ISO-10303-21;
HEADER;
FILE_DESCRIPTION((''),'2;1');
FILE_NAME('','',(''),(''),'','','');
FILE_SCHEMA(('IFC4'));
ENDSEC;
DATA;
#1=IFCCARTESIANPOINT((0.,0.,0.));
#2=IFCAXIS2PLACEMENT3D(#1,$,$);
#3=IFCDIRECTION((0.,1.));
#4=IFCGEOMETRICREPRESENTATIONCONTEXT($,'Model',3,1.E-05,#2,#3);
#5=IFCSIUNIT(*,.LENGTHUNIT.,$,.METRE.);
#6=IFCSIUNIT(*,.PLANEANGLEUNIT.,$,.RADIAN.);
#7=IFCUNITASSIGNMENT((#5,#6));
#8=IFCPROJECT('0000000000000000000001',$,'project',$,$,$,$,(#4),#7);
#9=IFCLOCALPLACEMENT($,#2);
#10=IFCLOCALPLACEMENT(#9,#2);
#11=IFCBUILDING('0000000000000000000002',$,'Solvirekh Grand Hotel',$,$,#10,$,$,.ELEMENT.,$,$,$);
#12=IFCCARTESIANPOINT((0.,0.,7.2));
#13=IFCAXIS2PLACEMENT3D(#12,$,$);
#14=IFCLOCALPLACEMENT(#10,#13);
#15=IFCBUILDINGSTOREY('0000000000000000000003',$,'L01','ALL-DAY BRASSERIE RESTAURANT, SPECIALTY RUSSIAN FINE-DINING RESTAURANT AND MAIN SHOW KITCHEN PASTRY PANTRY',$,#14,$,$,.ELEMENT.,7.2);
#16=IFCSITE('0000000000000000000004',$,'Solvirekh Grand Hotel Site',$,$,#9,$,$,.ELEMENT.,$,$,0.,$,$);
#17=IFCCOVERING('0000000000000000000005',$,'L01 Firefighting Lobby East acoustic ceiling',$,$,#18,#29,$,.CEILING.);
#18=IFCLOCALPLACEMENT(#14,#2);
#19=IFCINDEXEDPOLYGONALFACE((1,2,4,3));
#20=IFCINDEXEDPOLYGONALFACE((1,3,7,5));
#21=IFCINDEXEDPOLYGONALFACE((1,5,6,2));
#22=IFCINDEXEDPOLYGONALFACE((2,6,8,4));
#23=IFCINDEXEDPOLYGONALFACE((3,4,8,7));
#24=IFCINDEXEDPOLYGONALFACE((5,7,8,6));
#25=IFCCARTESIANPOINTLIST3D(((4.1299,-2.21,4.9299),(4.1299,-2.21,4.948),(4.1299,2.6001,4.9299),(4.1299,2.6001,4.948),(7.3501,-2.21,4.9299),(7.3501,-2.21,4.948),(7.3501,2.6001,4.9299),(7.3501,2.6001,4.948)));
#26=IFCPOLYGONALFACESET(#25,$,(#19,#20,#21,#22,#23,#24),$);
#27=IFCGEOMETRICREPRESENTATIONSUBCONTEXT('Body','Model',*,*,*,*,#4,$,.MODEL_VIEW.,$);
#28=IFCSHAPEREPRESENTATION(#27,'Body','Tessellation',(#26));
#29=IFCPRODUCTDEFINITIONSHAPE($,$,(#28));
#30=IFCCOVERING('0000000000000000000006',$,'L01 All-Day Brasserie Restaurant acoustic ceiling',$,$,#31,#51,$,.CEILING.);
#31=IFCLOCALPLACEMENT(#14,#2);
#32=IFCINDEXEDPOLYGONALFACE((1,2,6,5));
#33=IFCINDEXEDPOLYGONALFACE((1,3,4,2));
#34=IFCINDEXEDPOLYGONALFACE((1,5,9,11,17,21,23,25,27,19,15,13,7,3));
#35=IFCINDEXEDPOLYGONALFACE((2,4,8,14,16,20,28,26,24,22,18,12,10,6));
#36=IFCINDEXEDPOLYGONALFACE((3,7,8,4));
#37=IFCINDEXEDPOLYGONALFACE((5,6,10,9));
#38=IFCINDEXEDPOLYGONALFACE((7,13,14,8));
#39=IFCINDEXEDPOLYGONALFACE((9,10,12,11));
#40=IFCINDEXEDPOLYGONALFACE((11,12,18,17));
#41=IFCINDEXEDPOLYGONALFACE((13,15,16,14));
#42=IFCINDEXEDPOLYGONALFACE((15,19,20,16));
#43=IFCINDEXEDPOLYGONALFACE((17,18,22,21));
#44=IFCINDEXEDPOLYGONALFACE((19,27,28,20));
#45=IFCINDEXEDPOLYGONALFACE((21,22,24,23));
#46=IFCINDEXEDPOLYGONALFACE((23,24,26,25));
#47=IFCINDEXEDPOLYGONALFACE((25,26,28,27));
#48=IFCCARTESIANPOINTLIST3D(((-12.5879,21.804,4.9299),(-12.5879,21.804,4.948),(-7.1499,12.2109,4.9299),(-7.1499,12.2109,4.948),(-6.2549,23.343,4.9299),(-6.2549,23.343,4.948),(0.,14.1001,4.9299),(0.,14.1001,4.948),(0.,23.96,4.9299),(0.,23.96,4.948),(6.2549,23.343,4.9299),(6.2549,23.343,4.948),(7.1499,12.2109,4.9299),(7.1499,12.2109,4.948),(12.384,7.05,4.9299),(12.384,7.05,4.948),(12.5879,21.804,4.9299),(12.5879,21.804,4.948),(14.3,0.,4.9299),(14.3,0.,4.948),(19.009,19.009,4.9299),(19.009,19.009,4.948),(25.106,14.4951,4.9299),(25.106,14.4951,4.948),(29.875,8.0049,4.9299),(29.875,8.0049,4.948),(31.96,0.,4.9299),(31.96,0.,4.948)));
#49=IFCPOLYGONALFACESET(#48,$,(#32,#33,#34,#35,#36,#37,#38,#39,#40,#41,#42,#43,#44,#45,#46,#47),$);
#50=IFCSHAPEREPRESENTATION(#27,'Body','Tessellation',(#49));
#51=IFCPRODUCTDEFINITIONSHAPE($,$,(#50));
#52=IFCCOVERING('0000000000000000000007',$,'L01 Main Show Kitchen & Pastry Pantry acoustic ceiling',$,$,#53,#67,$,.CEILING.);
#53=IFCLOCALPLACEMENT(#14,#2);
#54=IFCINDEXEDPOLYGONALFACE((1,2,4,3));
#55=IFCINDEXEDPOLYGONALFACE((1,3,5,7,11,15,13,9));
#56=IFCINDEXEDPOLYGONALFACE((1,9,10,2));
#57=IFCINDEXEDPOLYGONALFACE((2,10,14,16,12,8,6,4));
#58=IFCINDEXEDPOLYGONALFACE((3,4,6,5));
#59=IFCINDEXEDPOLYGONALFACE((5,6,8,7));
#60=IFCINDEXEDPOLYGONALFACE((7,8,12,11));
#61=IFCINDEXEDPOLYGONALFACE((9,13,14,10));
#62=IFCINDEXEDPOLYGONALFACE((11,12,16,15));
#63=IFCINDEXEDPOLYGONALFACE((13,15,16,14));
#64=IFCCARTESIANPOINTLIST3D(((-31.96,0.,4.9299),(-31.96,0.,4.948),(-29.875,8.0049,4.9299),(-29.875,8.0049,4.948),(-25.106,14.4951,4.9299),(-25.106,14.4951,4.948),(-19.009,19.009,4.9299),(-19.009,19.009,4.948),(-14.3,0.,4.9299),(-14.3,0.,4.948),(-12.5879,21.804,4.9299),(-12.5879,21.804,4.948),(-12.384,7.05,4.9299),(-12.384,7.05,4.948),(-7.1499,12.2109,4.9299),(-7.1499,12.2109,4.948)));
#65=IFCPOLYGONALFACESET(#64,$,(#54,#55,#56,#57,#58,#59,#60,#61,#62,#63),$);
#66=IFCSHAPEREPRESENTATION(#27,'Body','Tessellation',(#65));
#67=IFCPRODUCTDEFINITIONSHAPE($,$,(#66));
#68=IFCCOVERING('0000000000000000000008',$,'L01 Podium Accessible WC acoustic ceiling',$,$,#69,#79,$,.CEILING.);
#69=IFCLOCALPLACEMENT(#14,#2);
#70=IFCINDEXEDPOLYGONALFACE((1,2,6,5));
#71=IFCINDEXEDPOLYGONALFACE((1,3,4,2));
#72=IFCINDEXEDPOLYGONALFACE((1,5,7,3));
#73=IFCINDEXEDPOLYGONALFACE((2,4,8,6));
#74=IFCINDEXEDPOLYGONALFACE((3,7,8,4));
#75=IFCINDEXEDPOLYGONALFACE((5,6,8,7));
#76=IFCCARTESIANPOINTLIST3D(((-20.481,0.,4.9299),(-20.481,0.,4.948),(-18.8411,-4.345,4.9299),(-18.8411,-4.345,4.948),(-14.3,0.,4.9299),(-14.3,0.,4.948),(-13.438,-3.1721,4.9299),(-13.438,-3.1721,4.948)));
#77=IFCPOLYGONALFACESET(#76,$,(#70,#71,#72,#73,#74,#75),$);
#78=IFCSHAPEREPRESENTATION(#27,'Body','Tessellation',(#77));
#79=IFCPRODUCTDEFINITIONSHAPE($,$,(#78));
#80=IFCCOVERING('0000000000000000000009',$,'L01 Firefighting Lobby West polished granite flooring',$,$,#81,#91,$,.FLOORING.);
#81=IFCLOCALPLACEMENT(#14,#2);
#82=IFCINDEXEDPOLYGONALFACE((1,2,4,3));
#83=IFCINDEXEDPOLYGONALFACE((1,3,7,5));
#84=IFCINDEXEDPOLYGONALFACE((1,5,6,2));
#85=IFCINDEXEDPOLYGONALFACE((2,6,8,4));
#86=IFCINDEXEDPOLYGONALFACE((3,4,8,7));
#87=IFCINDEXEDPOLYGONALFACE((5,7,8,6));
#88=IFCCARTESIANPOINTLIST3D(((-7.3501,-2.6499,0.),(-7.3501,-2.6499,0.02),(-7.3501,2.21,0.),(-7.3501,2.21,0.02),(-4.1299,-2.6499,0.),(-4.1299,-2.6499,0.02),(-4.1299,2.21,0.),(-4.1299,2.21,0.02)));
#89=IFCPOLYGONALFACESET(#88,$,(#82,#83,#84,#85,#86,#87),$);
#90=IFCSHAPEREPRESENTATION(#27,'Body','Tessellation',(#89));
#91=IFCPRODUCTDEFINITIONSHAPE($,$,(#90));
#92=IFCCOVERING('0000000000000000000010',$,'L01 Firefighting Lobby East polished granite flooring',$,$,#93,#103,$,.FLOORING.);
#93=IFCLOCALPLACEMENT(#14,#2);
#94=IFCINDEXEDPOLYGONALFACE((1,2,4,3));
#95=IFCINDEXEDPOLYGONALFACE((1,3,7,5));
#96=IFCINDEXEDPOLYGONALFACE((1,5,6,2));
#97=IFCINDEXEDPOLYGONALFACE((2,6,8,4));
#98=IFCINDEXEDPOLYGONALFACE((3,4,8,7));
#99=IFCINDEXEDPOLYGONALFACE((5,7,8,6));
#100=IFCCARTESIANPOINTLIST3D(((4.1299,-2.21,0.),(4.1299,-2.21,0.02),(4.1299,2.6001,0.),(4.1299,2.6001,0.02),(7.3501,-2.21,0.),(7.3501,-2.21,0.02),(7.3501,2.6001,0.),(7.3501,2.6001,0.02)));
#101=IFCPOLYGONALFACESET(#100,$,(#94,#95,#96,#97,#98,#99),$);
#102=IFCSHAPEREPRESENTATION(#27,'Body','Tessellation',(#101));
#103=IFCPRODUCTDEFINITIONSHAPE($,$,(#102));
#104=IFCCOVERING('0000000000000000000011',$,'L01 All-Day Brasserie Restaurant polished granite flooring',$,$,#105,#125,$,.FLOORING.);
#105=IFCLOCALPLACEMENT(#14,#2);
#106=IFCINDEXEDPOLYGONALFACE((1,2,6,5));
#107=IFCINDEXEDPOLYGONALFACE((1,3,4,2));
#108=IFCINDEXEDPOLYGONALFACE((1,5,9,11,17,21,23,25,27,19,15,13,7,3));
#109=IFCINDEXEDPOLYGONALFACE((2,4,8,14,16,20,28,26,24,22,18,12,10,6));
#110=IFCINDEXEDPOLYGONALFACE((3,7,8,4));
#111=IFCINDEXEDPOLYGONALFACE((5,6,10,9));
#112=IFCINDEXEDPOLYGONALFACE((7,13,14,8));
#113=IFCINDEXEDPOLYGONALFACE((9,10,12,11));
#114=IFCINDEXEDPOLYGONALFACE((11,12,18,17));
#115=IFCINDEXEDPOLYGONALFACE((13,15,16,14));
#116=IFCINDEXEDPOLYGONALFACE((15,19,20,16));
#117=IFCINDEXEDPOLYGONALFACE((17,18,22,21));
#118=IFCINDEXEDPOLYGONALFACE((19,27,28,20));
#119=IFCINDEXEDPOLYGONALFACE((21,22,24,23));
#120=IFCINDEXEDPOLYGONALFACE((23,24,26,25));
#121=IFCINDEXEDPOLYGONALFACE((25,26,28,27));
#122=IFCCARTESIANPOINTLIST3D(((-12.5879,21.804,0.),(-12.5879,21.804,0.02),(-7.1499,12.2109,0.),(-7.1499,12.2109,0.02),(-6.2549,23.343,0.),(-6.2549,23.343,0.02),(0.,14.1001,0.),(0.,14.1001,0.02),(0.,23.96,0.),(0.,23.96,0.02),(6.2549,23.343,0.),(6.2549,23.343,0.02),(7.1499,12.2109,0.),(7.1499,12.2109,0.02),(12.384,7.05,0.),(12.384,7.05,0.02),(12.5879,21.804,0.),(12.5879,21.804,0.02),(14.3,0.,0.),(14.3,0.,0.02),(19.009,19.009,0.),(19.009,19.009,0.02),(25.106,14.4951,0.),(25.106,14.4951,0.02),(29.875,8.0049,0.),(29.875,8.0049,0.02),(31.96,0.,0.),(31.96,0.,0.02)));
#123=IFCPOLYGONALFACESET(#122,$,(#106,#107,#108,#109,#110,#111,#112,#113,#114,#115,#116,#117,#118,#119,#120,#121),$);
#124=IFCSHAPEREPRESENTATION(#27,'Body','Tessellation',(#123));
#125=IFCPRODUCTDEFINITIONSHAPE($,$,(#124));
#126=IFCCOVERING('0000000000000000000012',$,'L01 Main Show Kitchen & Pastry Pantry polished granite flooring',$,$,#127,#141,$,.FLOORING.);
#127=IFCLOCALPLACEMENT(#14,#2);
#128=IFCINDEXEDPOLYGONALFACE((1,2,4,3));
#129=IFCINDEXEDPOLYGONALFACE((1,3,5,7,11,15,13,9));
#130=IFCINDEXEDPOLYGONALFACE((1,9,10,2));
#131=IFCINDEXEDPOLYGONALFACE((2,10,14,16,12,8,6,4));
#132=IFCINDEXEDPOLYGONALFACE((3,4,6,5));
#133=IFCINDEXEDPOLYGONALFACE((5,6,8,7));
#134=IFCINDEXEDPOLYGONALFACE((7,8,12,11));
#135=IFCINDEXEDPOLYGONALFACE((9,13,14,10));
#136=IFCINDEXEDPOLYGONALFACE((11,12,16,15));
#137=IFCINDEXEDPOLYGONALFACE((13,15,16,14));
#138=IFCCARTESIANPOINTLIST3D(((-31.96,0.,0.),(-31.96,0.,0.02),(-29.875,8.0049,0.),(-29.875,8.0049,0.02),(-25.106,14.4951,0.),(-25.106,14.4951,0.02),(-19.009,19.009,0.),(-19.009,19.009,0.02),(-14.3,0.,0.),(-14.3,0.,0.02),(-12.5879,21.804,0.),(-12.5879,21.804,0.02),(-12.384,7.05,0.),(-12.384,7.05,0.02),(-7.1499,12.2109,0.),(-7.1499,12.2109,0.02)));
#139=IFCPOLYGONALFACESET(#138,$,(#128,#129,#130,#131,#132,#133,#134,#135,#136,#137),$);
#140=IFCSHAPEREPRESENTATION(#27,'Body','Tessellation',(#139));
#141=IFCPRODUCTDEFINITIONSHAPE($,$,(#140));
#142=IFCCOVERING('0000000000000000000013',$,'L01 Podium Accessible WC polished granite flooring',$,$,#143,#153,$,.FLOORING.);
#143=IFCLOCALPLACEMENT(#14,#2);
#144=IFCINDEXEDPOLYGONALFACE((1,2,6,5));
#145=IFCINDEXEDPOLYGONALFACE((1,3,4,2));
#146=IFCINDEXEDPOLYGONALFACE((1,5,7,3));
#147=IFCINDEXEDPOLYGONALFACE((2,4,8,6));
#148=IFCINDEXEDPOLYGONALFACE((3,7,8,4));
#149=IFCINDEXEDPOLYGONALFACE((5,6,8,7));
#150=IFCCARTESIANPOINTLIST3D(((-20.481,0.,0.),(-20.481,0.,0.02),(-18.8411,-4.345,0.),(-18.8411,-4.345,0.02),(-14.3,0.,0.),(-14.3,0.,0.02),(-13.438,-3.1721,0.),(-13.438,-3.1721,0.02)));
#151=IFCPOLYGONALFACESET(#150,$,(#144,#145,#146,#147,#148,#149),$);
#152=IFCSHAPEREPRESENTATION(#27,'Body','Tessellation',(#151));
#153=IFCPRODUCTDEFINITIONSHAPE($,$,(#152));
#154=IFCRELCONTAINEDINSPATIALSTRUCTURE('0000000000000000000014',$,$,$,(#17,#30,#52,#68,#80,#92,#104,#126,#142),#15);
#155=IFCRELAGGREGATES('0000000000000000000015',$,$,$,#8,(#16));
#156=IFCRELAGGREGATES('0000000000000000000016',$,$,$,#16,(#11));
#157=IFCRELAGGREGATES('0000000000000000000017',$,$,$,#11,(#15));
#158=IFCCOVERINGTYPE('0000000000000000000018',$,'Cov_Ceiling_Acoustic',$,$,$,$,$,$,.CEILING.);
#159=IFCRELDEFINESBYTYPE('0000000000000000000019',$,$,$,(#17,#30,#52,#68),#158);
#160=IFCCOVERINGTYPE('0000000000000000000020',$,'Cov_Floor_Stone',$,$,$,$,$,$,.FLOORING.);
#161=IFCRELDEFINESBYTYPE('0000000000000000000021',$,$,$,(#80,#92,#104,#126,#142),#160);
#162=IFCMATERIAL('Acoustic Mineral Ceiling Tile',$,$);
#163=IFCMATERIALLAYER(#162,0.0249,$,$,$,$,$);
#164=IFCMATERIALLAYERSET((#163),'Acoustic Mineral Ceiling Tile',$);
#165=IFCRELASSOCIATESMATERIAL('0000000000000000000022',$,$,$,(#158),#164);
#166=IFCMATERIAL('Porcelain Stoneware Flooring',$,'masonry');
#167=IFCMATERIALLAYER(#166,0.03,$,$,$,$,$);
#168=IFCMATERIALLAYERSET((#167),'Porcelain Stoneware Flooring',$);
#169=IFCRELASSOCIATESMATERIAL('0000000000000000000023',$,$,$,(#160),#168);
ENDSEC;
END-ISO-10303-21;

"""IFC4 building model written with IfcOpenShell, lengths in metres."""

from ifc_helpers import new_model, si_unit, direction, frame, origin, place, context, subcontext, project, spatial, polyline, outline, extrude, material, layer, layer_set, type_object, element, save


model = new_model("IFC4")

# Units and contexts
model_context = context("Model", 3, precision=1e-05, world=origin(), true_north=direction((0.0, 1.0)))
body_context = subcontext(model_context, "Body", "Model", "MODEL_VIEW")
ifc_project = project(units=[si_unit("LENGTHUNIT", "METRE"), si_unit("PLANEANGLEUNIT", "RADIAN")], contexts=[model_context])

# Site, building, storey
site_placement = place(None, origin())
site = spatial("IfcSite", under=ifc_project, at=site_placement, Name="Solvirekh Grand Hotel Site", CompositionType="ELEMENT", RefElevation=0.0)
building_placement = place(site_placement, origin())
building = spatial("IfcBuilding", under=site, at=building_placement, Name="Solvirekh Grand Hotel", CompositionType="ELEMENT")
storey_placement = place(building_placement, frame((0.0, 0.0, 7.2)))
storey = spatial("IfcBuildingStorey", under=building, at=storey_placement, Name="L01", Description="ALL-DAY BRASSERIE RESTAURANT, SPECIALTY RUSSIAN FINE-DINING RESTAURANT AND MAIN SHOW KITCHEN PASTRY PANTRY", CompositionType="ELEMENT", Elevation=7.2)

# Coverings
ifc_material_1 = material(Name="Acoustic Mineral Ceiling Tile")
ifc_layer_1 = layer(ifc_material_1, 0.0249)
ifc_layer_set_1 = layer_set([ifc_layer_1], Name="Acoustic Mineral Ceiling Tile")
covering_type_1 = type_object("IfcCoveringType", Name="Cov_Ceiling_Acoustic", PredefinedType="CEILING", material=ifc_layer_set_1)
covering_1_placement = place(storey_placement, frame((0.0, 0.0, 4.9299)))
element("IfcCovering", 1, at=covering_1_placement, inside=storey, type_object=covering_type_1, Name="L01 Firefighting Lobby East acoustic ceiling", PredefinedType="CEILING", context=body_context, shape_type="SweptSolid", body=[
    extrude(outline(polyline([(4.1299, -2.21), (7.3501, -2.21), (7.3501, 2.6001), (4.1299, 2.6001), (4.1299, -2.21)])), origin(), (0.0, 0.0, 1.0), 0.0181),
])
covering_2_placement = place(storey_placement, frame((0.0, 0.0, 4.9299)))
element("IfcCovering", 2, at=covering_2_placement, inside=storey, type_object=covering_type_1, Name="L01 All-Day Brasserie Restaurant acoustic ceiling", PredefinedType="CEILING", context=body_context, shape_type="SweptSolid", body=[
    extrude(outline(polyline([(31.96, 0.0), (29.875, 8.0049), (25.106, 14.4951), (19.009, 19.009), (12.5879, 21.804), (6.2549, 23.343), (0.0, 23.96), (-6.2549, 23.343), (-12.5879, 21.804), (-7.1499, 12.2109), (0.0, 14.1001), (7.1499, 12.2109), (12.384, 7.05), (14.3, 0.0), (31.96, 0.0)])), origin(), (0.0, 0.0, 1.0), 0.0181),
])
covering_3_placement = place(storey_placement, frame((0.0, 0.0, 4.9299)))
element("IfcCovering", 3, at=covering_3_placement, inside=storey, type_object=covering_type_1, Name="L01 Main Show Kitchen & Pastry Pantry acoustic ceiling", PredefinedType="CEILING", context=body_context, shape_type="SweptSolid", body=[
    extrude(outline(polyline([(-12.5879, 21.804), (-19.009, 19.009), (-25.106, 14.4951), (-29.875, 8.0049), (-31.96, 0.0), (-14.3, 0.0), (-12.384, 7.05), (-7.1499, 12.2109), (-12.5879, 21.804)])), origin(), (0.0, 0.0, 1.0), 0.0181),
])
covering_4_placement = place(storey_placement, frame((0.0, 0.0, 4.9299)))
element("IfcCovering", 4, at=covering_4_placement, inside=storey, type_object=covering_type_1, Name="L01 Podium Accessible WC acoustic ceiling", PredefinedType="CEILING", context=body_context, shape_type="SweptSolid", body=[
    extrude(outline(polyline([(-20.481, 0.0), (-18.8411, -4.345), (-13.438, -3.1721), (-14.3, 0.0), (-20.481, 0.0)])), origin(), (0.0, 0.0, 1.0), 0.0181),
])
ifc_material_2 = material(Name="Porcelain Stoneware Flooring", Category="masonry")
ifc_layer_2 = layer(ifc_material_2, 0.03)
ifc_layer_set_2 = layer_set([ifc_layer_2], Name="Porcelain Stoneware Flooring")
covering_type_2 = type_object("IfcCoveringType", Name="Cov_Floor_Stone", PredefinedType="FLOORING", material=ifc_layer_set_2)
covering_5_placement = place(storey_placement, origin())
element("IfcCovering", 5, at=covering_5_placement, inside=storey, type_object=covering_type_2, Name="L01 Firefighting Lobby West polished granite flooring", PredefinedType="FLOORING", context=body_context, shape_type="SweptSolid", body=[
    extrude(outline(polyline([(-7.3501, -2.6499), (-4.1299, -2.6499), (-4.1299, 2.21), (-7.3501, 2.21), (-7.3501, -2.6499)])), origin(), (0.0, 0.0, 1.0), 0.02),
])
covering_6_placement = place(storey_placement, origin())
element("IfcCovering", 6, at=covering_6_placement, inside=storey, type_object=covering_type_2, Name="L01 Firefighting Lobby East polished granite flooring", PredefinedType="FLOORING", context=body_context, shape_type="SweptSolid", body=[
    extrude(outline(polyline([(4.1299, -2.21), (7.3501, -2.21), (7.3501, 2.6001), (4.1299, 2.6001), (4.1299, -2.21)])), origin(), (0.0, 0.0, 1.0), 0.02),
])
covering_7_placement = place(storey_placement, origin())
element("IfcCovering", 7, at=covering_7_placement, inside=storey, type_object=covering_type_2, Name="L01 All-Day Brasserie Restaurant polished granite flooring", PredefinedType="FLOORING", context=body_context, shape_type="SweptSolid", body=[
    extrude(outline(polyline([(31.96, 0.0), (29.875, 8.0049), (25.106, 14.4951), (19.009, 19.009), (12.5879, 21.804), (6.2549, 23.343), (0.0, 23.96), (-6.2549, 23.343), (-12.5879, 21.804), (-7.1499, 12.2109), (0.0, 14.1001), (7.1499, 12.2109), (12.384, 7.05), (14.3, 0.0), (31.96, 0.0)])), origin(), (0.0, 0.0, 1.0), 0.02),
])
covering_8_placement = place(storey_placement, origin())
element("IfcCovering", 8, at=covering_8_placement, inside=storey, type_object=covering_type_2, Name="L01 Main Show Kitchen & Pastry Pantry polished granite flooring", PredefinedType="FLOORING", context=body_context, shape_type="SweptSolid", body=[
    extrude(outline(polyline([(-12.5879, 21.804), (-19.009, 19.009), (-25.106, 14.4951), (-29.875, 8.0049), (-31.96, 0.0), (-14.3, 0.0), (-12.384, 7.05), (-7.1499, 12.2109), (-12.5879, 21.804)])), origin(), (0.0, 0.0, 1.0), 0.02),
])
covering_9_placement = place(storey_placement, origin())
element("IfcCovering", 9, at=covering_9_placement, inside=storey, type_object=covering_type_2, Name="L01 Podium Accessible WC polished granite flooring", PredefinedType="FLOORING", context=body_context, shape_type="SweptSolid", body=[
    extrude(outline(polyline([(-20.481, 0.0), (-18.8411, -4.345), (-13.438, -3.1721), (-14.3, 0.0), (-20.481, 0.0)])), origin(), (0.0, 0.0, 1.0), 0.02),
])

save(model, "model.ifc")
